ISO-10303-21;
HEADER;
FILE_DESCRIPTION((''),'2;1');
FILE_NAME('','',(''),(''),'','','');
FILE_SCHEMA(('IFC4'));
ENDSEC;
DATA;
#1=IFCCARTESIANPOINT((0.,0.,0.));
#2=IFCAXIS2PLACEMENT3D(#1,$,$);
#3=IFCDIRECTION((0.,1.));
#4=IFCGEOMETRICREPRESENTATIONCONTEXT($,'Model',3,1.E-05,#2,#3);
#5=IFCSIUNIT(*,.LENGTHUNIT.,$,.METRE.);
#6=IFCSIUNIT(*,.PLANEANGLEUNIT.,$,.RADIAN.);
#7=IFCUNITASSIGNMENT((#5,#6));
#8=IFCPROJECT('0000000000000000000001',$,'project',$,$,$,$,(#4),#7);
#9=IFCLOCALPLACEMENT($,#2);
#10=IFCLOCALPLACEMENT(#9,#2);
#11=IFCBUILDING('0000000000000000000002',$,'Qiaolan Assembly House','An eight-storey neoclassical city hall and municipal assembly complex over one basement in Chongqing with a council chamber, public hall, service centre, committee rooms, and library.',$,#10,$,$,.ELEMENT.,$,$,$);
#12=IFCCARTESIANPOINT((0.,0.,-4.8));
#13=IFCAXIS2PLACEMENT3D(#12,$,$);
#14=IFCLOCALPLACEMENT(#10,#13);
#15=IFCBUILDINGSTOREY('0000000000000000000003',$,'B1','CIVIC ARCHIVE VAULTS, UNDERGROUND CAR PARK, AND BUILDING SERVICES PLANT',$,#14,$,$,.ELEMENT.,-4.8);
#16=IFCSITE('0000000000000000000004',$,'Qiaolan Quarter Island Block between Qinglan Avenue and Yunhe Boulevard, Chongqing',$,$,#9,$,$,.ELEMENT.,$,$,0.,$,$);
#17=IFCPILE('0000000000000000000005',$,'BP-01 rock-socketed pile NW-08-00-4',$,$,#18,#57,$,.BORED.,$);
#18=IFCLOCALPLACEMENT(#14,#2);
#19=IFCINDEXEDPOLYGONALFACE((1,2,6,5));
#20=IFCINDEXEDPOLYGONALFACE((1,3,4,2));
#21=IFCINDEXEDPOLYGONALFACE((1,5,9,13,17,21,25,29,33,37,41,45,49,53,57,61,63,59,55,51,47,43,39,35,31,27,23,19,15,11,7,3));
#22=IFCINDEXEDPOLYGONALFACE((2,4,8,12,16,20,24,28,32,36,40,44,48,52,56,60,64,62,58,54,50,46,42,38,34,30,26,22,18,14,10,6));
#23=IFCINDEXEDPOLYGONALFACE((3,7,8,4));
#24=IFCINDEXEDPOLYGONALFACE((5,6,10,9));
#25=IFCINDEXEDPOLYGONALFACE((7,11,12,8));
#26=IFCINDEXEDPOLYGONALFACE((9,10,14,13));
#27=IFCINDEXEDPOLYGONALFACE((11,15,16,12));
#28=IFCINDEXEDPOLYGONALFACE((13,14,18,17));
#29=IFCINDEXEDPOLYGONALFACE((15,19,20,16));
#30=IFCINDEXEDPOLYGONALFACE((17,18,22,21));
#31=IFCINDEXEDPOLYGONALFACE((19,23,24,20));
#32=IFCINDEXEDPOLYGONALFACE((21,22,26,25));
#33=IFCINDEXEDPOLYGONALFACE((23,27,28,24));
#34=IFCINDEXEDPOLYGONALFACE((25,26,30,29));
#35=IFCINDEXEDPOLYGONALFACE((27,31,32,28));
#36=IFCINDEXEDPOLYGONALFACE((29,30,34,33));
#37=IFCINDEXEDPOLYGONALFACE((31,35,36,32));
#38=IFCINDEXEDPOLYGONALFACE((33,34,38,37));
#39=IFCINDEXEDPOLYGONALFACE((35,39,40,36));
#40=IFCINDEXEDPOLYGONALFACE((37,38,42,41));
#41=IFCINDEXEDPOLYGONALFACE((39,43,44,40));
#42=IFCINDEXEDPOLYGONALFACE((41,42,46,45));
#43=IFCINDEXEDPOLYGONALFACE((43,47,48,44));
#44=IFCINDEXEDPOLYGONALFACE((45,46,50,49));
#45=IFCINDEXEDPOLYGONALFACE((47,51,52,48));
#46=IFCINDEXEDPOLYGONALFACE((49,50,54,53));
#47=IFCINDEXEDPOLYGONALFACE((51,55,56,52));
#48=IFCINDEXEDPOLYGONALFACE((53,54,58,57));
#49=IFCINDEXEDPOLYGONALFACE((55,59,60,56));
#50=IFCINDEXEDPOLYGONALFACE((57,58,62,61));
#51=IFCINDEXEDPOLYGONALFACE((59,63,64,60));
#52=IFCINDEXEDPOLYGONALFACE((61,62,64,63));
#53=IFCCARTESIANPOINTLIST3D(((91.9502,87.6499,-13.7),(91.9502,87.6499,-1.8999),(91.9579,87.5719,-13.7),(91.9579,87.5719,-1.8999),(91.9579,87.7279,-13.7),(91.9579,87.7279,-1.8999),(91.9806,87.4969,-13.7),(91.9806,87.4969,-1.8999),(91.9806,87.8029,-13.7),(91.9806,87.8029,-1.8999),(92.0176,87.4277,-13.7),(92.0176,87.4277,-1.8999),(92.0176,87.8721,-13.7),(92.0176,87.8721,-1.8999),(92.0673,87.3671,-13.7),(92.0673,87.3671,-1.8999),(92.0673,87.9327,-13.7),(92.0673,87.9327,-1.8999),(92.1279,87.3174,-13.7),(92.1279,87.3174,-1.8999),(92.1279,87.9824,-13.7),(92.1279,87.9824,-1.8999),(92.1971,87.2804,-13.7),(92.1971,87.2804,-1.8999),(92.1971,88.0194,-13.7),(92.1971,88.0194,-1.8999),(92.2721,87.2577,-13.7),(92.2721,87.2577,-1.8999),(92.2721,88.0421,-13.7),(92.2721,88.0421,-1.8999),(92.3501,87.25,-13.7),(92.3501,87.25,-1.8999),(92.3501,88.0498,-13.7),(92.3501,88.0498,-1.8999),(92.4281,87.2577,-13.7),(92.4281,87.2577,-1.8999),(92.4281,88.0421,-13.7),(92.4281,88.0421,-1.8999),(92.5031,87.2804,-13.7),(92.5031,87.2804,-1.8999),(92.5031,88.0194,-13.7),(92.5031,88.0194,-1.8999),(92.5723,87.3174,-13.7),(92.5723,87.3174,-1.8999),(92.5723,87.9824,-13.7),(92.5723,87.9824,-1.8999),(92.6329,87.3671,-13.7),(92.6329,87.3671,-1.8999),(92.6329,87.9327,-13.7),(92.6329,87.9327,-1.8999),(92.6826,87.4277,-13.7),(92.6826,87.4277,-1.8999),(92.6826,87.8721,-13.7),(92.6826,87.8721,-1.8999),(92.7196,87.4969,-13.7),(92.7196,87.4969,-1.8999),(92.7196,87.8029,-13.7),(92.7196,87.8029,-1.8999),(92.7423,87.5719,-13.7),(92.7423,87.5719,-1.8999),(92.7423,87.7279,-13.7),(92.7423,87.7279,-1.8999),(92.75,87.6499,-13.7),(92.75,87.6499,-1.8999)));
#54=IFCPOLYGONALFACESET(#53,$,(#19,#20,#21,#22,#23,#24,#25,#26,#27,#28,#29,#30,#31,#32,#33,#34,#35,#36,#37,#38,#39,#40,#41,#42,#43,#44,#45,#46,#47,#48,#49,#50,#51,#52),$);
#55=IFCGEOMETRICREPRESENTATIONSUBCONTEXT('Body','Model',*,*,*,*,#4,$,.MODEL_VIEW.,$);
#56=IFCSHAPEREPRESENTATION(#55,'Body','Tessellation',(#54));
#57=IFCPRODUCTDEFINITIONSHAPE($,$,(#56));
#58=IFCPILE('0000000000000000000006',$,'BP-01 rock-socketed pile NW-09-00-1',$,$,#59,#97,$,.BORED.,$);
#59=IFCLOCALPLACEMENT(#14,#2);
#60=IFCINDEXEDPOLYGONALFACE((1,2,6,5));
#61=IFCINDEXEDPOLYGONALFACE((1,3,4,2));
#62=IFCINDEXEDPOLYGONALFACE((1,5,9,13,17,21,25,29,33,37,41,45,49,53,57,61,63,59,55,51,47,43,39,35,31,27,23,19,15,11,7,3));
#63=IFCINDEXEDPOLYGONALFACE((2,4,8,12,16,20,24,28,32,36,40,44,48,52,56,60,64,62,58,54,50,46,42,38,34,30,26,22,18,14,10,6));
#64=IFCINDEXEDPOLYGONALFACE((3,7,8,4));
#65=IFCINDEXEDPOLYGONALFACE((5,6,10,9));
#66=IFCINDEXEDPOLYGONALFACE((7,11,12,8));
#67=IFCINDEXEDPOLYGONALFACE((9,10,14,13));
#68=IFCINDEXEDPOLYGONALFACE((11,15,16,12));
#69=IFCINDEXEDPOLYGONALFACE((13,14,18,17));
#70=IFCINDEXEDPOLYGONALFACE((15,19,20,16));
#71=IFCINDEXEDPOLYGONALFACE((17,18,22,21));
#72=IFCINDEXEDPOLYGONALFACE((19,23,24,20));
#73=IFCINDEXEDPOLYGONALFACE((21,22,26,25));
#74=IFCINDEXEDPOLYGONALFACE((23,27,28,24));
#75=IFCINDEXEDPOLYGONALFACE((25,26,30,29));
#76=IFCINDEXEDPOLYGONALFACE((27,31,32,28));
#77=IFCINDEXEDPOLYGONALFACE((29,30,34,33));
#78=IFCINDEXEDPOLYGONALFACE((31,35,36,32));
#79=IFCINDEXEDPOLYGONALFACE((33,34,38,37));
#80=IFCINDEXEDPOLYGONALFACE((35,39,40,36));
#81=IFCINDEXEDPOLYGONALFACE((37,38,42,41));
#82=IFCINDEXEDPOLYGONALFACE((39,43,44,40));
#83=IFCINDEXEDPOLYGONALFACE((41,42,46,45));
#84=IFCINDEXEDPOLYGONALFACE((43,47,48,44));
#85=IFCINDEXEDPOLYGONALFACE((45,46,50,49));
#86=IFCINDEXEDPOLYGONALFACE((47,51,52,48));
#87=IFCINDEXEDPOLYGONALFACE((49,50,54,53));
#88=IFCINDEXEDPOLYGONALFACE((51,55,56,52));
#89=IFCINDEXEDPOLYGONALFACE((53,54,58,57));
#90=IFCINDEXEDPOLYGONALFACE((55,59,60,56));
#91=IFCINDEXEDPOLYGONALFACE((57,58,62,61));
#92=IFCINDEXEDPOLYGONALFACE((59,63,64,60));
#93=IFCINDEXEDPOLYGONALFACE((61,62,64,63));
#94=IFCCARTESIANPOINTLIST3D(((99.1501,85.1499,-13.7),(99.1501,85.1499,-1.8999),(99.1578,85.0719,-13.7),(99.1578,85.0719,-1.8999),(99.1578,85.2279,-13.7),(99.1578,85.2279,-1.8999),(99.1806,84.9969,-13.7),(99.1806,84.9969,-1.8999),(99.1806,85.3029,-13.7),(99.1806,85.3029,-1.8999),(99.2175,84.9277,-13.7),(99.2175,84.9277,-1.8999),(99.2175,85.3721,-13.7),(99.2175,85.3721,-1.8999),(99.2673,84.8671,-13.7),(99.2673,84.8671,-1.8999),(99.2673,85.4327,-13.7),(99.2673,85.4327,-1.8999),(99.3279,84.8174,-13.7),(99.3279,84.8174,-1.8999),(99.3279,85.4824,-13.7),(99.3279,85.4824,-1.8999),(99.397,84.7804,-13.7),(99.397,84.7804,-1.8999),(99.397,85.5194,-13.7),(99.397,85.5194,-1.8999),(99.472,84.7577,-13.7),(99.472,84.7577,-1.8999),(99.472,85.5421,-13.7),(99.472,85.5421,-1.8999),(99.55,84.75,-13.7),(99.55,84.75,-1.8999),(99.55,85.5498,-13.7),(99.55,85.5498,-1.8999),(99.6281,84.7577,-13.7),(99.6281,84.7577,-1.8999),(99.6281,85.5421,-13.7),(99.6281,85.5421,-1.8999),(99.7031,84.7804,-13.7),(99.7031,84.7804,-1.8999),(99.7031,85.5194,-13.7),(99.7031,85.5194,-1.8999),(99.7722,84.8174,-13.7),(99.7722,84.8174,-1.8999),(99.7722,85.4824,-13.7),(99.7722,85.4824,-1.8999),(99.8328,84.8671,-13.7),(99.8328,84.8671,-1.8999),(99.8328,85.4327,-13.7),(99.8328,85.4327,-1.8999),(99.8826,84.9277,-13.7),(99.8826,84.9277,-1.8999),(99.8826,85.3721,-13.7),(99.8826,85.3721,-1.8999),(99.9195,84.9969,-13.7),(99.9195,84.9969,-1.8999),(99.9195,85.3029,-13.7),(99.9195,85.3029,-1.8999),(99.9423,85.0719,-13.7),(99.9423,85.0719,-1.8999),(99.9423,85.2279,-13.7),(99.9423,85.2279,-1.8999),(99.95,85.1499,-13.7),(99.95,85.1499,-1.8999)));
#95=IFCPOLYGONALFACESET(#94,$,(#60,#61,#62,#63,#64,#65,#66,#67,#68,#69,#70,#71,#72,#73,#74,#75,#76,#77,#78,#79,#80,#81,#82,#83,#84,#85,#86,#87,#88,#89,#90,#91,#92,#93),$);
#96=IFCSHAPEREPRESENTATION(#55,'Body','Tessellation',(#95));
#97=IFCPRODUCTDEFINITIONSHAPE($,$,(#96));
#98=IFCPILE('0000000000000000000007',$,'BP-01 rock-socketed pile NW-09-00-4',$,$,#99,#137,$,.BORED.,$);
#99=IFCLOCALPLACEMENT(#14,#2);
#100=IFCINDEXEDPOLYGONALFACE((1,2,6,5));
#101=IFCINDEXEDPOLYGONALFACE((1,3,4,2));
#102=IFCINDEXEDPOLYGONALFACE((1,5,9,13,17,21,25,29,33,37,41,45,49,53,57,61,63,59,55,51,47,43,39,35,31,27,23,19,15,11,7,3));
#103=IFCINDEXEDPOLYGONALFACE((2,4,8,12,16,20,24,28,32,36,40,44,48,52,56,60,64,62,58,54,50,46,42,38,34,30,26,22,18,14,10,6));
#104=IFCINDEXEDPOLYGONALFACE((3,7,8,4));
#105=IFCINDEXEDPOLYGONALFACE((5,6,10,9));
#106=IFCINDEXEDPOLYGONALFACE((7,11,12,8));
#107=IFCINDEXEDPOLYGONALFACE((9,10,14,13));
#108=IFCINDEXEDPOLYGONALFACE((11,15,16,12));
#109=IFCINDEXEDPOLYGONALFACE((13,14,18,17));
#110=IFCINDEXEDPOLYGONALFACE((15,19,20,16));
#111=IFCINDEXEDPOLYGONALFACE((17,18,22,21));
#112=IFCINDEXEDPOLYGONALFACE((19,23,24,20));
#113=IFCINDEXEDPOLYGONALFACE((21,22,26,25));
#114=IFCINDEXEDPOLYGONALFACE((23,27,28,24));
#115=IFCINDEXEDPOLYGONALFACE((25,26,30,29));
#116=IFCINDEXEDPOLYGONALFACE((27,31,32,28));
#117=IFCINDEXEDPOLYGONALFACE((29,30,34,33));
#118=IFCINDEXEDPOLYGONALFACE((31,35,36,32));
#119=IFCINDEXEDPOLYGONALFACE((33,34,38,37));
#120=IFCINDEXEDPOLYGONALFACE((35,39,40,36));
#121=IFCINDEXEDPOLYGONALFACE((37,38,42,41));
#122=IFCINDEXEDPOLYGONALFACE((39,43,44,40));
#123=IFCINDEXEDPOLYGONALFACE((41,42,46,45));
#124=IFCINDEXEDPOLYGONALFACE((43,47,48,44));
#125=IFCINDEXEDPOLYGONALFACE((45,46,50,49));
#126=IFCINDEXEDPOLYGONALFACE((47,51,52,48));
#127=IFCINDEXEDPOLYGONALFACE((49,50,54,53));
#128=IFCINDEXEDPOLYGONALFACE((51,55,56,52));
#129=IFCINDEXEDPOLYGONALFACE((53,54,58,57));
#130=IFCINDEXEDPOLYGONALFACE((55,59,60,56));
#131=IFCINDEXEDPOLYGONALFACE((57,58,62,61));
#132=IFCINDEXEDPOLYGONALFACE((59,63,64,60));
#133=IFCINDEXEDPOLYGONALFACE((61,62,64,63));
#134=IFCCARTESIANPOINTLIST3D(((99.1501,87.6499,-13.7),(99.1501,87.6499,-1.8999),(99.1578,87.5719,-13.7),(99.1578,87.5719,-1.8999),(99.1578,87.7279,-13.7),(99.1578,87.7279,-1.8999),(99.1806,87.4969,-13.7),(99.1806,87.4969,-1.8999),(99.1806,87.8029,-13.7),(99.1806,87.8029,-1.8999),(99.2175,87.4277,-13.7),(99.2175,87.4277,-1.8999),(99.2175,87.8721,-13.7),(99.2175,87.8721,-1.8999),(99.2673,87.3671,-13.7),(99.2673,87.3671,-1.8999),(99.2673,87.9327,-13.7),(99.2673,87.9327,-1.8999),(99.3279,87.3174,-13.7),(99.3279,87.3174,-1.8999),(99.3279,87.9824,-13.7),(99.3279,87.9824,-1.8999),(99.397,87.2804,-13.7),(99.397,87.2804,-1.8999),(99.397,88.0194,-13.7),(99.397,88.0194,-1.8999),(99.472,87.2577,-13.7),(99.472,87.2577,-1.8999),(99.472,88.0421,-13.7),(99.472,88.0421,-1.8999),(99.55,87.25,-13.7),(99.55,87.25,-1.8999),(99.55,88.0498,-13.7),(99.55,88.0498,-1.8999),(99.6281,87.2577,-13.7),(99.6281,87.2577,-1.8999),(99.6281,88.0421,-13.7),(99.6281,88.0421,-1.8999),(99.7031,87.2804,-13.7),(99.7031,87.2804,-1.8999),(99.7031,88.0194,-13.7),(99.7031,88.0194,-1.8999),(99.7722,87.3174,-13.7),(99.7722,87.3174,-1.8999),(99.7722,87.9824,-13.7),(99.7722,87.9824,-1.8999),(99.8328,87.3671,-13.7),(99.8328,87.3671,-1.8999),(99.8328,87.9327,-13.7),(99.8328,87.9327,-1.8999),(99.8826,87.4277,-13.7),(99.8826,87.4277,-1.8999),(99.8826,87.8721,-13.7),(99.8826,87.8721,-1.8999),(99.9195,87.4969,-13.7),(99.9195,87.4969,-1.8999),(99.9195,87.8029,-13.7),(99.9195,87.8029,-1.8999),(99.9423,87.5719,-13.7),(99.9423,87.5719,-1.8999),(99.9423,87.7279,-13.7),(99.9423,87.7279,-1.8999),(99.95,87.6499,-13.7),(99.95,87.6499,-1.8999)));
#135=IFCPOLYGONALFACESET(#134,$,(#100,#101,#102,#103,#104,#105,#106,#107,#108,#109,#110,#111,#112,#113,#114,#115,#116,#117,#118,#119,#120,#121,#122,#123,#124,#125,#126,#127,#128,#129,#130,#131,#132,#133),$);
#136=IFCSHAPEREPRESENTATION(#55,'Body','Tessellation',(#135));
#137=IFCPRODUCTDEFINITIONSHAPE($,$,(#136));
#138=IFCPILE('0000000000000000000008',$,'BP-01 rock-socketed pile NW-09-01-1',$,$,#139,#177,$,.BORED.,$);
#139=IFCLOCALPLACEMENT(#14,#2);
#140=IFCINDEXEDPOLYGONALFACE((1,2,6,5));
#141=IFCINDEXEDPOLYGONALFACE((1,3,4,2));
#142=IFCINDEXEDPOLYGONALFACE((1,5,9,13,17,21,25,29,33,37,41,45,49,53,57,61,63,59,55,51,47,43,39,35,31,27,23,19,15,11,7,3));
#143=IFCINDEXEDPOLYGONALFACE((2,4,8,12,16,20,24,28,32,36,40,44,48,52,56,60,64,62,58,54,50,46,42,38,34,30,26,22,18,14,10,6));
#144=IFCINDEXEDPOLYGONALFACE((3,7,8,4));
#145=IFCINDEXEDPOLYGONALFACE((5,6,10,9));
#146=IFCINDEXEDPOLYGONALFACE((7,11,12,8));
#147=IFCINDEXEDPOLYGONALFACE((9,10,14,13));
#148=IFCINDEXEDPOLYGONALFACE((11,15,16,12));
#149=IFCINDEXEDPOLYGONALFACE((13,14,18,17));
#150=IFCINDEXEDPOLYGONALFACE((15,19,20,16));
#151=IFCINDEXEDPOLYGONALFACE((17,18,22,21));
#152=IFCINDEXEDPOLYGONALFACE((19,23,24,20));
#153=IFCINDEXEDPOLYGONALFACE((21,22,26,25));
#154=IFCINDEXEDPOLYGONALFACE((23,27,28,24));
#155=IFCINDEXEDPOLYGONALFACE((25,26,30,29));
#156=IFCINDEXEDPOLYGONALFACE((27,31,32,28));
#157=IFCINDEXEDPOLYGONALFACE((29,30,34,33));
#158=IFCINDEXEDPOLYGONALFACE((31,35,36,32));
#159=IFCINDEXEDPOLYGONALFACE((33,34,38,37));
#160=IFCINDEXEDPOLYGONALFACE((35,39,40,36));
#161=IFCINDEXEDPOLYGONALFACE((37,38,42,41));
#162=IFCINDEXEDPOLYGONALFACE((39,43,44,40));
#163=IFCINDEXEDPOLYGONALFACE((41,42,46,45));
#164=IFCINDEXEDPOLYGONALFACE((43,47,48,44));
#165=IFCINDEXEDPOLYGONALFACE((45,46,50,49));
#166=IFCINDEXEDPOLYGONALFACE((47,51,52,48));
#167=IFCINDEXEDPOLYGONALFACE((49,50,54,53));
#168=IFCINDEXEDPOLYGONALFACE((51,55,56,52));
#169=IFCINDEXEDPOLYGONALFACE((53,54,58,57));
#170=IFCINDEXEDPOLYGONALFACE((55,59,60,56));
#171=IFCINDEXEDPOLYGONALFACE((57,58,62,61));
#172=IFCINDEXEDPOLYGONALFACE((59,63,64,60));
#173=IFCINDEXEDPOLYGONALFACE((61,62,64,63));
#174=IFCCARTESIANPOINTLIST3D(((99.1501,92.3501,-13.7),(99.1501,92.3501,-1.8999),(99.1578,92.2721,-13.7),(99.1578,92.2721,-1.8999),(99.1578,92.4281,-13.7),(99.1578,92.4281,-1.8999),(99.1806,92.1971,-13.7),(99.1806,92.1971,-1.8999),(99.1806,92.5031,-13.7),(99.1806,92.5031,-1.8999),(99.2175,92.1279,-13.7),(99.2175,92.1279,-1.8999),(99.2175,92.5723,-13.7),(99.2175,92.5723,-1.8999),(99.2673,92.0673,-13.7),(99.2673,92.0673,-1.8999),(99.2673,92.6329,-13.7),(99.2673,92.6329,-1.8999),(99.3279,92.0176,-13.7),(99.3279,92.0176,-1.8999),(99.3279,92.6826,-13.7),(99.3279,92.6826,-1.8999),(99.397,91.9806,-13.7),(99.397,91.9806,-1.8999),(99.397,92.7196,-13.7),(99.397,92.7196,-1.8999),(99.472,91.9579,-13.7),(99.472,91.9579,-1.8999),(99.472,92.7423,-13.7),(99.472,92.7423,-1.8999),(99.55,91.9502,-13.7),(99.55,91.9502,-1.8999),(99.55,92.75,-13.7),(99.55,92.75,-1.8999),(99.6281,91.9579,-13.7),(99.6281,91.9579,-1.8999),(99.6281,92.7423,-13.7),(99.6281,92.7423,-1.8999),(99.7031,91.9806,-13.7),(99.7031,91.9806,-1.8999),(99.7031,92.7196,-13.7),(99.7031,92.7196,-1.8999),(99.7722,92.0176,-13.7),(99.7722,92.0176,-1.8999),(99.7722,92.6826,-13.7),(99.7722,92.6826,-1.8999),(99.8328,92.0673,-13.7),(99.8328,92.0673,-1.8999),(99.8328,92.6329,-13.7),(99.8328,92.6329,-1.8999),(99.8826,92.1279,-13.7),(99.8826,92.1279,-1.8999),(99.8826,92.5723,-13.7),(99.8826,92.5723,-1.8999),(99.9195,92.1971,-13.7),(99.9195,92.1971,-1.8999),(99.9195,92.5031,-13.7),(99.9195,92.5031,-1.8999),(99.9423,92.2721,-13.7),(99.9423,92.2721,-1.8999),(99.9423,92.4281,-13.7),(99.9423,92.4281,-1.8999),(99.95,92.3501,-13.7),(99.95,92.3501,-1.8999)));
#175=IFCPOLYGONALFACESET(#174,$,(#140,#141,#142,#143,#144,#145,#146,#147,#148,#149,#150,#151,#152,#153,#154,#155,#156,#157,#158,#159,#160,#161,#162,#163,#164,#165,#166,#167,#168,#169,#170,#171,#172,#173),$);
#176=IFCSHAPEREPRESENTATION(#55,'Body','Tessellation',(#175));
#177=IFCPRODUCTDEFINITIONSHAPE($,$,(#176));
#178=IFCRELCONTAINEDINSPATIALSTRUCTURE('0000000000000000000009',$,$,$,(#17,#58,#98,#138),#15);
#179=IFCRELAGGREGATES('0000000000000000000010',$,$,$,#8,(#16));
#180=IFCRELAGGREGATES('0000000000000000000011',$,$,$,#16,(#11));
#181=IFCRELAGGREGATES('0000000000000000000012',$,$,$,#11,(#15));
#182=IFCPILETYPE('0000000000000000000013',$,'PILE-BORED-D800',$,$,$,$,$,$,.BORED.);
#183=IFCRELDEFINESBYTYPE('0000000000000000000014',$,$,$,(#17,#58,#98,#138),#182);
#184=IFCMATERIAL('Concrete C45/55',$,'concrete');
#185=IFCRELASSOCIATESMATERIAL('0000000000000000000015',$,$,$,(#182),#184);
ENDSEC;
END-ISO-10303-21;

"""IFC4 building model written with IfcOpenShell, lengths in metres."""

from ifc_helpers import new_model, si_unit, direction, frame, origin, origin_2d, place, context, subcontext, project, spatial, circle, extrude, material, material_profile, profile_set, type_object, element, save


model = new_model("IFC4")

# Units and contexts
model_context = context("Model", 3, precision=1e-05, world=origin(), true_north=direction((0.0, 1.0)))
body_context = subcontext(model_context, "Body", "Model", "MODEL_VIEW")
ifc_project = project(units=[si_unit("LENGTHUNIT", "METRE"), si_unit("PLANEANGLEUNIT", "RADIAN")], contexts=[model_context])

# Site, building, storey
site_placement = place(None, origin())
site = spatial("IfcSite", under=ifc_project, at=site_placement, Name="Qiaolan Quarter Island Block between Qinglan Avenue and Yunhe Boulevard, Chongqing", CompositionType="ELEMENT", RefElevation=0.0)
building_placement = place(site_placement, origin())
building = spatial("IfcBuilding", under=site, at=building_placement, Name="Qiaolan Assembly House", Description="An eight-storey neoclassical city hall and municipal assembly complex over one basement in Chongqing with a council chamber, public hall, service centre, committee rooms, and library.", CompositionType="ELEMENT")
storey_placement = place(building_placement, frame((0.0, 0.0, -4.8)))
storey = spatial("IfcBuildingStorey", under=building, at=storey_placement, Name="B1", Description="CIVIC ARCHIVE VAULTS, UNDERGROUND CAR PARK, AND BUILDING SERVICES PLANT", CompositionType="ELEMENT", Elevation=-4.8)

# Piles
ifc_material_1 = material(Name="Concrete C45/55", Category="concrete")
ifc_material_profile_1 = material_profile(ifc_material_1, circle(Radius=0.3999, at=origin_2d()), Name="PILE D800")
ifc_profile_set_1 = profile_set([ifc_material_profile_1], Name="Concrete C45/55")
pile_type = type_object("IfcPileType", Name="PILE-BORED-D800", PredefinedType="BORED", material=ifc_profile_set_1)
for number, where, z_axis, x_axis, name in (
    (1, (92.3501, 87.6499, -1.8999), (0.0, 0.0, -1.0), (1.0, 0.0, 0.0), "BP-01 rock-socketed pile NW-08-00-4"),
    (2, (99.55, 85.1499, -1.8999), (0.0, 0.0, -1.0), (1.0, 0.0, 0.0), "BP-01 rock-socketed pile NW-09-00-1"),
    (3, (99.55, 87.6499, -1.8999), (0.0, 0.0, -1.0), (1.0, 0.0, 0.0), "BP-01 rock-socketed pile NW-09-00-4"),
    (4, (99.55, 92.3501, -1.8999), (0.0, 0.0, -1.0), (1.0, 0.0, 0.0), "BP-01 rock-socketed pile NW-09-01-1"),
):
    element("IfcPile", number, at=place(storey_placement, frame(where, z_axis=z_axis, x_axis=x_axis)), inside=storey, type_object=pile_type, Name=name, PredefinedType="BORED", context=body_context, shape_type="SweptSolid", body=[
        extrude(circle(Radius=0.3999, at=origin_2d()), origin(), (0.0, 0.0, 1.0), 11.8),
    ])

save(model, "model.ifc")
